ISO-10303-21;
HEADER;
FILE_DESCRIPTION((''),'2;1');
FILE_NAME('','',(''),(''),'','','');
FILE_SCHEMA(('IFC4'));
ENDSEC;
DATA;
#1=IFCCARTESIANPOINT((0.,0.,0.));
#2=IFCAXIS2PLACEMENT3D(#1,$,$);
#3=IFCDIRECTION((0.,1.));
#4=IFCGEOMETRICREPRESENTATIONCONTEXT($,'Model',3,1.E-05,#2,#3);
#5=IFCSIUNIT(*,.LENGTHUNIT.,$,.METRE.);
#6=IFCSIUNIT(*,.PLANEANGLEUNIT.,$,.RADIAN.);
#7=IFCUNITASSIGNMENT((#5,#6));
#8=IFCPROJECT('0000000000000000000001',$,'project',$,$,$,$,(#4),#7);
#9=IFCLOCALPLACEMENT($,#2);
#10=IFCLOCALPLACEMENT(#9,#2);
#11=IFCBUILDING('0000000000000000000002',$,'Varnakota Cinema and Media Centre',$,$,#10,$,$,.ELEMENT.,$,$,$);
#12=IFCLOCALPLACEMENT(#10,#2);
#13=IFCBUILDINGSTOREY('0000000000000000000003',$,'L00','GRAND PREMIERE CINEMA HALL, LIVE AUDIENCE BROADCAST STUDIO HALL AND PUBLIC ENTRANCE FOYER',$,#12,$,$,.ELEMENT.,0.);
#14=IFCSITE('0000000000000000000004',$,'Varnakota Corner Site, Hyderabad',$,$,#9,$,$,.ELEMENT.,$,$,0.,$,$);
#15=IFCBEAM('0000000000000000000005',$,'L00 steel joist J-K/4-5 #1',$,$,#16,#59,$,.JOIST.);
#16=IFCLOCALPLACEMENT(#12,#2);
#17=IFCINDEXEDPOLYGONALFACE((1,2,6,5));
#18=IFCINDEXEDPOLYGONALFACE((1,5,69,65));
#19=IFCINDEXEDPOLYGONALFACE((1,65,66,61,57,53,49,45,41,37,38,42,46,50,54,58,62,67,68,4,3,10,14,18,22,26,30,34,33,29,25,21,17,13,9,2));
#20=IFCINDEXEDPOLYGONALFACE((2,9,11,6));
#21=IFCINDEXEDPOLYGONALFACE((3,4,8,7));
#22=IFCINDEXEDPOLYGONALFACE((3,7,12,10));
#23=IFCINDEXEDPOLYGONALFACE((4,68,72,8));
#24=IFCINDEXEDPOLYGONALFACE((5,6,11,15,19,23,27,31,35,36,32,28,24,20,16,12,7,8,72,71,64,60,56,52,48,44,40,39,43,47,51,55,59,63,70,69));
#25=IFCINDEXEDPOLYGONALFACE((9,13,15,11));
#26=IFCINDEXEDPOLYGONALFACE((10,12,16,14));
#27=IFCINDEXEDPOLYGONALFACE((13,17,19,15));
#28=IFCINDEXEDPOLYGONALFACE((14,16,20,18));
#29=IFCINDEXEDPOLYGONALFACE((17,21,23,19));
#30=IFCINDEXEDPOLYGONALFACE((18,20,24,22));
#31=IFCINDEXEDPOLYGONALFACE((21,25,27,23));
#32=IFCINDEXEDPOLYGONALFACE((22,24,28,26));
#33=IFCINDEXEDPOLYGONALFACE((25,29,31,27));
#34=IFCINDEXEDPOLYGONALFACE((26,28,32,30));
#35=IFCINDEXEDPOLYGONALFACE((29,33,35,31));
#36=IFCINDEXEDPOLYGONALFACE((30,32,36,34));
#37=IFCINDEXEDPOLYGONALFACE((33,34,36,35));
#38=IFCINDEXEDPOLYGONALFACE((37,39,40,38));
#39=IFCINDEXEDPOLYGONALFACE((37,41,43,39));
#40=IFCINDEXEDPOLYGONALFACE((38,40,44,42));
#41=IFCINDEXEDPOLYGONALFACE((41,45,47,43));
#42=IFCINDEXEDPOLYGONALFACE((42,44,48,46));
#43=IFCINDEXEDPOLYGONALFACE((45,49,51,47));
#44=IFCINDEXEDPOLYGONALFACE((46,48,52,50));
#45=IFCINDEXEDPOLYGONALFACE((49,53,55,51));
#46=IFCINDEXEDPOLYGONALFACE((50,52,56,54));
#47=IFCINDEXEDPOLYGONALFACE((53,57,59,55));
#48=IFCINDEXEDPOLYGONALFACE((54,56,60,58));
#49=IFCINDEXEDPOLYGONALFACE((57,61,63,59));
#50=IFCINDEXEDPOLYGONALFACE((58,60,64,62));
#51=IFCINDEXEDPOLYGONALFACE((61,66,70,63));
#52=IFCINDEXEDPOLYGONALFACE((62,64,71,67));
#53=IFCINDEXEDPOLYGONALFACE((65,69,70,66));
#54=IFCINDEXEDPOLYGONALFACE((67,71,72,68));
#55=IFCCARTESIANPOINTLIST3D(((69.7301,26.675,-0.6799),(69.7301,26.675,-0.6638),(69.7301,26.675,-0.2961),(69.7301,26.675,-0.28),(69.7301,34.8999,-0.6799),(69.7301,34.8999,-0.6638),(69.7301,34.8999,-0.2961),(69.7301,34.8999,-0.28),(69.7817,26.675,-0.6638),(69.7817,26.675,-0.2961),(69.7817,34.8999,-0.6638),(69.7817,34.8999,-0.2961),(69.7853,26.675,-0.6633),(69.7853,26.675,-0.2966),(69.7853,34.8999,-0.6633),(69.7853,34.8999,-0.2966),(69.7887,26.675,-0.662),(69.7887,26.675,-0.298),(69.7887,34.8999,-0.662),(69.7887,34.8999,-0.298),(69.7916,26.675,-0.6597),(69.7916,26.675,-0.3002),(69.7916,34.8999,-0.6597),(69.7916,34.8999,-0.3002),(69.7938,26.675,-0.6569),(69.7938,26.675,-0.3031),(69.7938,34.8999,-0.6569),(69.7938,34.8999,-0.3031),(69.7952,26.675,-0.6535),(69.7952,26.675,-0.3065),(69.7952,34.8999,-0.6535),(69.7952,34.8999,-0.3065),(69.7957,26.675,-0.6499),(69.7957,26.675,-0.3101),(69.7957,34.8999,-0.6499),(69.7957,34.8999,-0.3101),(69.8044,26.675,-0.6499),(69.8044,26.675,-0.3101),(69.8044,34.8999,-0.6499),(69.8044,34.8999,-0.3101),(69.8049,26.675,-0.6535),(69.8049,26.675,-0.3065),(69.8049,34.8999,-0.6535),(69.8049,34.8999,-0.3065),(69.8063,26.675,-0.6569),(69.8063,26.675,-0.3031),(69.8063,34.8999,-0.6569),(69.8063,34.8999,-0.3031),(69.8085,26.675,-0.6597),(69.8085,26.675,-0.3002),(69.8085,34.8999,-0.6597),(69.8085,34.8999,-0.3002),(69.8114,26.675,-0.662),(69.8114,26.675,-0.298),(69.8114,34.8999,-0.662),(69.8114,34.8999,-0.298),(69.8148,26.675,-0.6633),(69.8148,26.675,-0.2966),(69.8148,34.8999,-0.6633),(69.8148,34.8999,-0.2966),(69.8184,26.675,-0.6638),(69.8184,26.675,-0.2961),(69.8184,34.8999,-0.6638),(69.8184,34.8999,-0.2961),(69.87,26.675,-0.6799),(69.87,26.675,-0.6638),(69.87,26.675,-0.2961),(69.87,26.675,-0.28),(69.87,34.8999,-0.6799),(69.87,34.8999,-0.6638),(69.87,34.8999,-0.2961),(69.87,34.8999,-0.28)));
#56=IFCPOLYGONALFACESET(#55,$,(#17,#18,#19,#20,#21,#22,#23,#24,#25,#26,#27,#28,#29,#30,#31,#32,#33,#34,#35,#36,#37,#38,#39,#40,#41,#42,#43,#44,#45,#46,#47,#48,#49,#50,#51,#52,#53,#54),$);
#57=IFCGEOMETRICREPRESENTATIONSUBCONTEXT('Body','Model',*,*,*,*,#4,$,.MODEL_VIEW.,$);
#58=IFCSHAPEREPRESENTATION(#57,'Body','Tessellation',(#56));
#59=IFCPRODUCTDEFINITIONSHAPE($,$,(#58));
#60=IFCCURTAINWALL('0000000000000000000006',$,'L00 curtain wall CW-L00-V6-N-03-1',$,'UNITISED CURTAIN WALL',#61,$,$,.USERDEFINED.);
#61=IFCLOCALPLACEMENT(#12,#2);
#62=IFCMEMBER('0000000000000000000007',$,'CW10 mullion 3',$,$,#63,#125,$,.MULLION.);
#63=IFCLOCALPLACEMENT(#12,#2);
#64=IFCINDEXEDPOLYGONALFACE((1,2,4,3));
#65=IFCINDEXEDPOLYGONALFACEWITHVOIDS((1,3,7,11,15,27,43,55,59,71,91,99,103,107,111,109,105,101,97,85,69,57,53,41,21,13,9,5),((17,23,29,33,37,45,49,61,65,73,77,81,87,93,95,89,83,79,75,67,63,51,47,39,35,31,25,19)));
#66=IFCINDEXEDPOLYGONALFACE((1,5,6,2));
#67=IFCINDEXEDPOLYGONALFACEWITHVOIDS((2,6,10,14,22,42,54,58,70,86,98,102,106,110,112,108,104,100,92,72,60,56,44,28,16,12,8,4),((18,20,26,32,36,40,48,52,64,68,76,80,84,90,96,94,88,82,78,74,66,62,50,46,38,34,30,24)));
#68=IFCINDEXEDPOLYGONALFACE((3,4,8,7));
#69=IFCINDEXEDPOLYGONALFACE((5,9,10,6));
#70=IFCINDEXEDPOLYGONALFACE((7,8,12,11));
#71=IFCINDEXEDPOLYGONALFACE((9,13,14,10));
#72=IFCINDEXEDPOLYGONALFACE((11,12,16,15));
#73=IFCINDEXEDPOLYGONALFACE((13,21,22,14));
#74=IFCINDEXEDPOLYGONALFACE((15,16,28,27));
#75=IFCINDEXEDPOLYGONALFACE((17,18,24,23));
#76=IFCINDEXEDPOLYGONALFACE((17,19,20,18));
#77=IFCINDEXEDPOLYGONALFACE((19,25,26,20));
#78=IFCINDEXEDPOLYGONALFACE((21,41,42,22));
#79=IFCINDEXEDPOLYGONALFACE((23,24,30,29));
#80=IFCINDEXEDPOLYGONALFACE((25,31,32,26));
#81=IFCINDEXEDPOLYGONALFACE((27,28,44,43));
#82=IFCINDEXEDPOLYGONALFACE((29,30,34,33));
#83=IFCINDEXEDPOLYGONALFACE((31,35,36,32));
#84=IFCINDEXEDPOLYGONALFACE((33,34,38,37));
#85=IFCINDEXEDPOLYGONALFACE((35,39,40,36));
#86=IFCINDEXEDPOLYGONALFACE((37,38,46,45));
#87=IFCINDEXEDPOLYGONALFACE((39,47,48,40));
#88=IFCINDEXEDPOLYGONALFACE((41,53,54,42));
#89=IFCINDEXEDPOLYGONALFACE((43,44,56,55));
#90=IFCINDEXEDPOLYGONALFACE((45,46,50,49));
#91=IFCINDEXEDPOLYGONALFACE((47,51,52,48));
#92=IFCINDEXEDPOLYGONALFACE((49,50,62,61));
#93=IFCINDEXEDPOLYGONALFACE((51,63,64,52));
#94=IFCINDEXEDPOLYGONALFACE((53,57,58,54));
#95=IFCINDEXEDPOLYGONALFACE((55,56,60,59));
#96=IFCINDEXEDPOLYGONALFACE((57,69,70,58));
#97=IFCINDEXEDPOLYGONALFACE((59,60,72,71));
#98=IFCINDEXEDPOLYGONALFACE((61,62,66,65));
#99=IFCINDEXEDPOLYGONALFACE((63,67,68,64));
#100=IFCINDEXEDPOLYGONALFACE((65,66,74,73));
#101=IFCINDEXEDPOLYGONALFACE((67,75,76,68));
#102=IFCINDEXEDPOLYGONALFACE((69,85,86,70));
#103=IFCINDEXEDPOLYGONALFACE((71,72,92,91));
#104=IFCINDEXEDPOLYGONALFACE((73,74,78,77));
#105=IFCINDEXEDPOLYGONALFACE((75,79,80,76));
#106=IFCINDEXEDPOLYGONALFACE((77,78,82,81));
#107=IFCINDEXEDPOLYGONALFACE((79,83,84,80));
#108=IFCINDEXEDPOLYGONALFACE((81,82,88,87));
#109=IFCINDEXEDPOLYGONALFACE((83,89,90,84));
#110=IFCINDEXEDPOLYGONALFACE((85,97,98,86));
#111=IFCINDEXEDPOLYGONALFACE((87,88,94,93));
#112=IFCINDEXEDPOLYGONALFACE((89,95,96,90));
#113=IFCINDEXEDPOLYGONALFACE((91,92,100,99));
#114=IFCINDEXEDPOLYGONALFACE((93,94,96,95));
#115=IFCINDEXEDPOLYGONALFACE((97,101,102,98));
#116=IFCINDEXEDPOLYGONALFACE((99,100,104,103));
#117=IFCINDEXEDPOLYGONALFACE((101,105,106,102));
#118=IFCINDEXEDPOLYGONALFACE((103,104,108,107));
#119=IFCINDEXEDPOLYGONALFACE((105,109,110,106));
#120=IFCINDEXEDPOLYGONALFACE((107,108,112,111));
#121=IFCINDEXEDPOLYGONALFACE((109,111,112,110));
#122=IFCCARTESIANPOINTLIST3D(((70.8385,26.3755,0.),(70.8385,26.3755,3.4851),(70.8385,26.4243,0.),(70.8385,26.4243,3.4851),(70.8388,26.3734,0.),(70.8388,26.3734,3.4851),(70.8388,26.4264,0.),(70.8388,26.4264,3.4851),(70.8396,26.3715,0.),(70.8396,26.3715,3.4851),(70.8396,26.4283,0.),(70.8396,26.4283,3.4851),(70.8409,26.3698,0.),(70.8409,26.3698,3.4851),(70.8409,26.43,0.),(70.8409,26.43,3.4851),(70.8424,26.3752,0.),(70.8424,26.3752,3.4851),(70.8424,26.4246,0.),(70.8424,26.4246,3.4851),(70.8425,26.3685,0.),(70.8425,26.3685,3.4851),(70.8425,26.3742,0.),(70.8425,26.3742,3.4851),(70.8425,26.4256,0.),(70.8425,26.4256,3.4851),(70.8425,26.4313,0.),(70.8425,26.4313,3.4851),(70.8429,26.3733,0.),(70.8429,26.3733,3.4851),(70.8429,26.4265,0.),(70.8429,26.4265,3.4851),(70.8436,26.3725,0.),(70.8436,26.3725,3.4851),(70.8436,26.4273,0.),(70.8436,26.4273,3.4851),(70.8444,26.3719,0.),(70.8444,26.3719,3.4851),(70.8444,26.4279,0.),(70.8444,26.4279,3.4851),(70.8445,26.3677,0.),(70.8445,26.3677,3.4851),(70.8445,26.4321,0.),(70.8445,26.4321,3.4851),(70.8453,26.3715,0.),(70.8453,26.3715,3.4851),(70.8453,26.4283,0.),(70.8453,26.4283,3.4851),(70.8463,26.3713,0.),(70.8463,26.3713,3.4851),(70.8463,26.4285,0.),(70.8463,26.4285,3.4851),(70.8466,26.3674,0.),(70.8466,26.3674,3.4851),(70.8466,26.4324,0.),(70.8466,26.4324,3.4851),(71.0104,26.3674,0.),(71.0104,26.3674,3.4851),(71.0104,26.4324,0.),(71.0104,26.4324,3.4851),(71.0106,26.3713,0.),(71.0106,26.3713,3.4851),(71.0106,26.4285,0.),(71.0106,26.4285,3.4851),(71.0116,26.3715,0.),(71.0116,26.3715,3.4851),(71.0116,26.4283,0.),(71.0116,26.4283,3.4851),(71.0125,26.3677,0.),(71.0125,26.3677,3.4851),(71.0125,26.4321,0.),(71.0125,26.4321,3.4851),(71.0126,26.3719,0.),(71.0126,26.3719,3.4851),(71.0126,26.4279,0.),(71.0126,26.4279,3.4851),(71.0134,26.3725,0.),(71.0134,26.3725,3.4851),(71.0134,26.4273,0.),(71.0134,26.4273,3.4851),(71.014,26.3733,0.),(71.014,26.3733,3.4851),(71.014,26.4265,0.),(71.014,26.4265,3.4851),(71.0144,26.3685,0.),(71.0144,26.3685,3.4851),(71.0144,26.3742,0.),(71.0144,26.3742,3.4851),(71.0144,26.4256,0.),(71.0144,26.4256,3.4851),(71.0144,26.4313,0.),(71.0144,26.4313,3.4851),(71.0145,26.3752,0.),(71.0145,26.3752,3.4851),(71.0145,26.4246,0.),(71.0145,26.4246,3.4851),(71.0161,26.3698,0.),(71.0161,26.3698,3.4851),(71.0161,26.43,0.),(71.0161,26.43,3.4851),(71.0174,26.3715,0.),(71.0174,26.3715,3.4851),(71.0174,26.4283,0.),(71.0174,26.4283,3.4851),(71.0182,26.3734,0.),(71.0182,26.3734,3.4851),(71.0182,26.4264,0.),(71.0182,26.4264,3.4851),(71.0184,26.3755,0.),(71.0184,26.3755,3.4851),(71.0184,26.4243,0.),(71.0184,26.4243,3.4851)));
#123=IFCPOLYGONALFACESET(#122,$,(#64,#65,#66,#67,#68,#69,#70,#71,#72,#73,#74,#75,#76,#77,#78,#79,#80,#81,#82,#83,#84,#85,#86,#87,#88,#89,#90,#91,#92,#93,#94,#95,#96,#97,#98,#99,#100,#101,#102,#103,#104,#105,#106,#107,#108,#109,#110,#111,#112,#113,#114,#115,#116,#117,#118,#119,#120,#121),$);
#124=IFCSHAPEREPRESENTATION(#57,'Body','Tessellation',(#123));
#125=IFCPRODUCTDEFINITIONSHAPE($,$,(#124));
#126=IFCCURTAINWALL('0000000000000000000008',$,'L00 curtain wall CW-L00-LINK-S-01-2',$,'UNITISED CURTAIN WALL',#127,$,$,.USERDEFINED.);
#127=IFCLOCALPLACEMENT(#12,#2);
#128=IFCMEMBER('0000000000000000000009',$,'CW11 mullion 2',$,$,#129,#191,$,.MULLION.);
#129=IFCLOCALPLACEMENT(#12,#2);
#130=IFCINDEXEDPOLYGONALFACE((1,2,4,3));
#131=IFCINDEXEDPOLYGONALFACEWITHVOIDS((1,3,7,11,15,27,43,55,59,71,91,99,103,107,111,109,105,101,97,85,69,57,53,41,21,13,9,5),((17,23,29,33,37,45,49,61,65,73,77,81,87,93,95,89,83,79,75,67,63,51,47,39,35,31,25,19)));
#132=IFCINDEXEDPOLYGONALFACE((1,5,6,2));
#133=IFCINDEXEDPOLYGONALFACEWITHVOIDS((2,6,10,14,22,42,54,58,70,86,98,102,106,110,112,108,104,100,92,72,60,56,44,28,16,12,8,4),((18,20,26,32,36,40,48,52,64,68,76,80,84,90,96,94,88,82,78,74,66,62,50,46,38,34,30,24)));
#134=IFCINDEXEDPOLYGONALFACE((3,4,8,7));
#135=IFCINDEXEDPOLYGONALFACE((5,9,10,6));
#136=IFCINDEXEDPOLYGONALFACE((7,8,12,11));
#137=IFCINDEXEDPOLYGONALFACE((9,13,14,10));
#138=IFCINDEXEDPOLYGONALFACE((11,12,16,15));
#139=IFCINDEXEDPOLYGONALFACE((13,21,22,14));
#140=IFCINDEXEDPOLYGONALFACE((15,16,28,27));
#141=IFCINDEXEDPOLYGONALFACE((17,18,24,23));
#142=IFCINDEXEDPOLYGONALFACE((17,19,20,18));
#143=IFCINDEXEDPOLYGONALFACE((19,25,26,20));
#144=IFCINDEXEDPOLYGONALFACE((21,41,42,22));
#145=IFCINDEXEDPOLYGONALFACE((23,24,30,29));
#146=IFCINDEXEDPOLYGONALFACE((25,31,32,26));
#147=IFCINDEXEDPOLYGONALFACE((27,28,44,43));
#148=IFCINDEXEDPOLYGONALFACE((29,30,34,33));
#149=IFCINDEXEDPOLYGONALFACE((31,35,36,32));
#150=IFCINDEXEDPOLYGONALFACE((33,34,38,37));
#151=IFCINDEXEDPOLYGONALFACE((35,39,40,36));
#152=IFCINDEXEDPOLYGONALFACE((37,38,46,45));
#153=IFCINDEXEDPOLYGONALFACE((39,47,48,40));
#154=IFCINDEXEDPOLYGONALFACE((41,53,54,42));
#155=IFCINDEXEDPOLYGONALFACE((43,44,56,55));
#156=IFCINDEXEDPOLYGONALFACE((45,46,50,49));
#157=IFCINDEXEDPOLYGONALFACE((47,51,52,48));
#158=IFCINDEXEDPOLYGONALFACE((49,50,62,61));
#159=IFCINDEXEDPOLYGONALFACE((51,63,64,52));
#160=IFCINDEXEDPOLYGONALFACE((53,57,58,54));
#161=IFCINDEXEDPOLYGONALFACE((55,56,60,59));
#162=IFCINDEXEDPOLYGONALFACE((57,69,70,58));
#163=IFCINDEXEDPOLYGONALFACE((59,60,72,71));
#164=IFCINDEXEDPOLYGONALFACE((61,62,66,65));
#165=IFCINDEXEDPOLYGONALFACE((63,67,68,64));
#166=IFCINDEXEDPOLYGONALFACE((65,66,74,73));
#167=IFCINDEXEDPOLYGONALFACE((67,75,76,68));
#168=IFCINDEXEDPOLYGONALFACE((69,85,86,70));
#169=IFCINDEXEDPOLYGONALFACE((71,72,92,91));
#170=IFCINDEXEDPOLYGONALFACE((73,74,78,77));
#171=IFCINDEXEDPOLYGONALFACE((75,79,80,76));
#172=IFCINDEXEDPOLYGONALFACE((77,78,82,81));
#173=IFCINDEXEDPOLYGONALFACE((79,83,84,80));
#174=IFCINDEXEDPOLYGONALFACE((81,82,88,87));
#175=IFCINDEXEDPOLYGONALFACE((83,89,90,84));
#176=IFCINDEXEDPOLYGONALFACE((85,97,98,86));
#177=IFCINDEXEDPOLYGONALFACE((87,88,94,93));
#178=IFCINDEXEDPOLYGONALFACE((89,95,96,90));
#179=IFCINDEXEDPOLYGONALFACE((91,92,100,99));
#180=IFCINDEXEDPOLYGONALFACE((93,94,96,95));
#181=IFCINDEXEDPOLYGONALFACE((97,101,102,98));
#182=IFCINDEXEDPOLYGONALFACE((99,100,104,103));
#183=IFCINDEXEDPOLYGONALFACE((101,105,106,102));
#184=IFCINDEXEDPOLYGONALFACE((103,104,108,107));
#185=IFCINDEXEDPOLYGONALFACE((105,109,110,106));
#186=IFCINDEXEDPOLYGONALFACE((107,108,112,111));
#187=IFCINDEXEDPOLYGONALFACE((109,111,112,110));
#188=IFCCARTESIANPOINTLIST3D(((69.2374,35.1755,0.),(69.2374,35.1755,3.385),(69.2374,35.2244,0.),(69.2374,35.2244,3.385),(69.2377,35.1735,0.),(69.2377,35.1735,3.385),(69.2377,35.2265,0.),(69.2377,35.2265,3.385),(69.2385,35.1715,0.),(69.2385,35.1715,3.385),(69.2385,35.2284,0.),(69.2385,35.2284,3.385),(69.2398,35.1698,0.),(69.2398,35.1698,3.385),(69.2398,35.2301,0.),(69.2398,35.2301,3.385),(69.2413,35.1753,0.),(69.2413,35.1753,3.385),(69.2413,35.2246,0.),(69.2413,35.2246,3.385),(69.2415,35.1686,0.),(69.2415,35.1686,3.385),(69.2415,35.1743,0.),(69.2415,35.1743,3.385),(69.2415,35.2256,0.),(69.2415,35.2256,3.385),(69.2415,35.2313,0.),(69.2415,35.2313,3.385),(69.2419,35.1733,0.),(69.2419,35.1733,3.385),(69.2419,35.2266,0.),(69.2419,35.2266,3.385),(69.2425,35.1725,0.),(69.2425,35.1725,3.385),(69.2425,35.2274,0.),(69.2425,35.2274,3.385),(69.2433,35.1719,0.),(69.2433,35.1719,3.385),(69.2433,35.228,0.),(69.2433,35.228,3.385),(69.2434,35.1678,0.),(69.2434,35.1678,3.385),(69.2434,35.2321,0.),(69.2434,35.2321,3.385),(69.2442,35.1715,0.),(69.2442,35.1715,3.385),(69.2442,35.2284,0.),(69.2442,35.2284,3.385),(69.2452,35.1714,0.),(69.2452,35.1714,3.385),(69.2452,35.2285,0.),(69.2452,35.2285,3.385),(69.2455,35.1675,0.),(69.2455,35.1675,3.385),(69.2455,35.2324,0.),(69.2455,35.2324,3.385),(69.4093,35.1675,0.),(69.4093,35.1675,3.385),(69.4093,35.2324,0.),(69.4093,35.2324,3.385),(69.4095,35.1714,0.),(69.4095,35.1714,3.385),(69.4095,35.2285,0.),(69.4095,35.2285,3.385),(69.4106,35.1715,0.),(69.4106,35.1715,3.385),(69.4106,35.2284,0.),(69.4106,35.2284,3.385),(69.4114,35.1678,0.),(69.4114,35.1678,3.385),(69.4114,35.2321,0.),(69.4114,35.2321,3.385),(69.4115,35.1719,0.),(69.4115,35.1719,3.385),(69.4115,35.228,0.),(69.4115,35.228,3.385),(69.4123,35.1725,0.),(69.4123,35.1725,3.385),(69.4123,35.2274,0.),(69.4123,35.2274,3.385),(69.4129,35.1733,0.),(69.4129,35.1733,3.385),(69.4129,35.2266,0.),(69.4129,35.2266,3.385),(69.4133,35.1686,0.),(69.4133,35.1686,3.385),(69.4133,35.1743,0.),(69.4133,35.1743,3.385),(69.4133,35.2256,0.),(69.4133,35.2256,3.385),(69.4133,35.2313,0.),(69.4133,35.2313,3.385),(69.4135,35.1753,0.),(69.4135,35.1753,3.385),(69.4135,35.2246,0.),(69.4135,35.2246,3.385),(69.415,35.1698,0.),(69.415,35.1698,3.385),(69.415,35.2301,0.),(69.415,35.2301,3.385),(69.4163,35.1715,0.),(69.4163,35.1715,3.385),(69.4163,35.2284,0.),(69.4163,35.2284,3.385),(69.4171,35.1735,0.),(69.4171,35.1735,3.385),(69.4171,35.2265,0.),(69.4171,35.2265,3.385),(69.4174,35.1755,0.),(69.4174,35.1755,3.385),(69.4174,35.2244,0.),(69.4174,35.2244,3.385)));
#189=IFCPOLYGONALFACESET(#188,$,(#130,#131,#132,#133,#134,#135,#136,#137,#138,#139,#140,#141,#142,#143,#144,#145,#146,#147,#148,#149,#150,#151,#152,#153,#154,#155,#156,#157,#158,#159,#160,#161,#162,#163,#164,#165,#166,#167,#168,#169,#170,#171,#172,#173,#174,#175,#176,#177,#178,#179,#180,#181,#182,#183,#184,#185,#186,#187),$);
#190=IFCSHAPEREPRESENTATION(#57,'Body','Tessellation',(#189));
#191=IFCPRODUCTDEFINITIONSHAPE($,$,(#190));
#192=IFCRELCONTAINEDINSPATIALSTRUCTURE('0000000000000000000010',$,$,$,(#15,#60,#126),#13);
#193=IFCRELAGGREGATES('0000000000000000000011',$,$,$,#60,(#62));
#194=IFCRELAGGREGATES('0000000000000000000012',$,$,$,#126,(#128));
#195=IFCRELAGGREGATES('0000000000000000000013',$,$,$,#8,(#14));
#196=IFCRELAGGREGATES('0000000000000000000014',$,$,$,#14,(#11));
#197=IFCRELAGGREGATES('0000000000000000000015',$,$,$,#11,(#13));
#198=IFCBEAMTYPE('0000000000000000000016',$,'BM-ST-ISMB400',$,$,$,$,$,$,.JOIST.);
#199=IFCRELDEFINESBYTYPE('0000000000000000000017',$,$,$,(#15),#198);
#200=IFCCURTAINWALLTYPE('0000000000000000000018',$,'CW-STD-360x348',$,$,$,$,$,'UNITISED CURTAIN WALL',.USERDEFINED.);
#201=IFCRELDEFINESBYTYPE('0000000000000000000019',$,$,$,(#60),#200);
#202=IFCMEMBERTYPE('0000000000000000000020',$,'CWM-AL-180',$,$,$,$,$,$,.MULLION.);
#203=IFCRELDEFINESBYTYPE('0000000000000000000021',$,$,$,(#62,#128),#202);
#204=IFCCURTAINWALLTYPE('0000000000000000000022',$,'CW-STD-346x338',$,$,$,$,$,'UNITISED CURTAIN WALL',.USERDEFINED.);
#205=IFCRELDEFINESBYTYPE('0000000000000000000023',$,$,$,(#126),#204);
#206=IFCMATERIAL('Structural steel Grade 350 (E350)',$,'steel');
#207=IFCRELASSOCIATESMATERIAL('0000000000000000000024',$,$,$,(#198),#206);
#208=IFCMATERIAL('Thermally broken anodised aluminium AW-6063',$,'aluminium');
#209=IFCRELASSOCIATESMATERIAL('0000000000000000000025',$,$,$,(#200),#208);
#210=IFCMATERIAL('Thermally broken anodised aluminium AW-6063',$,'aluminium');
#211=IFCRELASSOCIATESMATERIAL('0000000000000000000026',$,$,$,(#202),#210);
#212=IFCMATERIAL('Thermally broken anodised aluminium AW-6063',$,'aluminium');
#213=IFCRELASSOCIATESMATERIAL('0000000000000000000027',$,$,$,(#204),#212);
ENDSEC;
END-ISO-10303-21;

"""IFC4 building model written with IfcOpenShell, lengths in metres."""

from ifc_helpers import new_model, si_unit, direction, frame, origin, origin_2d, place, context, subcontext, project, spatial, hollow_rectangle, i_section, extrude, material, material_profile, profile_set, type_object, element, aggregate, save


model = new_model("IFC4")

# Units and contexts
model_context = context("Model", 3, precision=1e-05, world=origin(), true_north=direction((0.0, 1.0)))
body_context = subcontext(model_context, "Body", "Model", "MODEL_VIEW")
ifc_project = project(units=[si_unit("LENGTHUNIT", "METRE"), si_unit("PLANEANGLEUNIT", "RADIAN")], contexts=[model_context])

# Site, building, storey
site_placement = place(None, origin())
site = spatial("IfcSite", under=ifc_project, at=site_placement, Name="Varnakota Corner Site, Hyderabad", CompositionType="ELEMENT", RefElevation=0.0)
building_placement = place(site_placement, origin())
building = spatial("IfcBuilding", under=site, at=building_placement, Name="Varnakota Cinema and Media Centre", CompositionType="ELEMENT")
storey_placement = place(building_placement, origin())
storey = spatial("IfcBuildingStorey", under=building, at=storey_placement, Name="L00", Description="GRAND PREMIERE CINEMA HALL, LIVE AUDIENCE BROADCAST STUDIO HALL AND PUBLIC ENTRANCE FOYER", CompositionType="ELEMENT", Elevation=0.0)

# Beam
ifc_material_1 = material(Name="Structural steel Grade 350 (E350)", Category="steel")
ifc_material_profile_1 = material_profile(ifc_material_1, i_section(OverallWidth=0.1399, OverallDepth=0.3999, WebThickness=0.0088, FlangeThickness=0.0161, FilletRadius=0.0139, at=origin_2d()), Name="ISMB 400")
ifc_profile_set_1 = profile_set([ifc_material_profile_1], Name="Structural steel Grade 350 (E350)")
beam_type_1 = type_object("IfcBeamType", Name="BM-ST-ISMB400", PredefinedType="JOIST", material=ifc_profile_set_1)
beam_1_placement = place(storey_placement, frame((69.8, 26.675, -0.48), z_axis=(0.0, 1.0, 0.0), x_axis=(-1.0, 0.0, 0.0)))
element("IfcBeam", 1, at=beam_1_placement, inside=storey, type_object=beam_type_1, Name="L00 steel joist J-K/4-5 #1", PredefinedType="JOIST", context=body_context, shape_type="SweptSolid", body=[
    extrude(i_section(OverallWidth=0.1399, OverallDepth=0.3999, WebThickness=0.0088, FlangeThickness=0.0161, FilletRadius=0.0139, at=origin_2d()), origin(), (0.0, 0.0, 1.0), 8.2249),
])

# Curtain wall, member
ifc_material_2 = material(Name="Thermally broken anodised aluminium AW-6063", Category="aluminium")
curtain_wall_type_1 = type_object("IfcCurtainWallType", Name="CW-STD-360x348", ElementType="UNITISED CURTAIN WALL", PredefinedType="USERDEFINED", material=ifc_material_2)
curtain_wall_1_placement = place(storey_placement, origin())
curtain_wall_1 = element("IfcCurtainWall", 2, at=curtain_wall_1_placement, inside=storey, type_object=curtain_wall_type_1, Name="L00 curtain wall CW-L00-V6-N-03-1", ObjectType="UNITISED CURTAIN WALL", PredefinedType="USERDEFINED")
ifc_material_3 = material(Name="Thermally broken anodised aluminium AW-6063", Category="aluminium")
ifc_material_profile_2 = material_profile(ifc_material_3, hollow_rectangle(XDim=0.0649, YDim=0.1799, WallThickness=0.0039, InnerFilletRadius=0.0039, OuterFilletRadius=0.0081, at=origin_2d()), Name="AL-MULLION 180x65x4")
ifc_profile_set_2 = profile_set([ifc_material_profile_2], Name="Thermally broken anodised aluminium AW-6063")
member_type_1 = type_object("IfcMemberType", Name="CWM-AL-180", PredefinedType="MULLION", material=ifc_profile_set_2)
member_1_placement = place(storey_placement, frame((70.9285, 26.3999, 0.0), z_axis=(0.0, 0.0, 1.0), x_axis=(0.0, 1.0, 0.0)))
member_1 = element("IfcMember", 3, at=member_1_placement, type_object=member_type_1, Name="CW10 mullion 3", PredefinedType="MULLION", context=body_context, shape_type="SweptSolid", body=[
    extrude(hollow_rectangle(XDim=0.0649, YDim=0.1799, WallThickness=0.0039, InnerFilletRadius=0.0039, OuterFilletRadius=0.0081, at=origin_2d()), origin(), (0.0, 0.0, 1.0), 3.4851),
])

# Curtain wall, member
ifc_material_4 = material(Name="Thermally broken anodised aluminium AW-6063", Category="aluminium")
curtain_wall_type_2 = type_object("IfcCurtainWallType", Name="CW-STD-346x338", ElementType="UNITISED CURTAIN WALL", PredefinedType="USERDEFINED", material=ifc_material_4)
curtain_wall_2_placement = place(storey_placement, origin())
curtain_wall_2 = element("IfcCurtainWall", 4, at=curtain_wall_2_placement, inside=storey, type_object=curtain_wall_type_2, Name="L00 curtain wall CW-L00-LINK-S-01-2", ObjectType="UNITISED CURTAIN WALL", PredefinedType="USERDEFINED")
member_2_placement = place(storey_placement, frame((69.3274, 35.2, 0.0), z_axis=(0.0, 0.0, 1.0), x_axis=(0.0, -1.0, 0.0)))
member_2 = element("IfcMember", 5, at=member_2_placement, type_object=member_type_1, Name="CW11 mullion 2", PredefinedType="MULLION", context=body_context, shape_type="SweptSolid", body=[
    extrude(hollow_rectangle(XDim=0.0649, YDim=0.1799, WallThickness=0.0039, InnerFilletRadius=0.0039, OuterFilletRadius=0.0081, at=origin_2d()), origin(), (0.0, 0.0, 1.0), 3.385),
])

aggregate(curtain_wall_1, [member_1])
aggregate(curtain_wall_2, [member_2])

save(model, "model.ifc")
